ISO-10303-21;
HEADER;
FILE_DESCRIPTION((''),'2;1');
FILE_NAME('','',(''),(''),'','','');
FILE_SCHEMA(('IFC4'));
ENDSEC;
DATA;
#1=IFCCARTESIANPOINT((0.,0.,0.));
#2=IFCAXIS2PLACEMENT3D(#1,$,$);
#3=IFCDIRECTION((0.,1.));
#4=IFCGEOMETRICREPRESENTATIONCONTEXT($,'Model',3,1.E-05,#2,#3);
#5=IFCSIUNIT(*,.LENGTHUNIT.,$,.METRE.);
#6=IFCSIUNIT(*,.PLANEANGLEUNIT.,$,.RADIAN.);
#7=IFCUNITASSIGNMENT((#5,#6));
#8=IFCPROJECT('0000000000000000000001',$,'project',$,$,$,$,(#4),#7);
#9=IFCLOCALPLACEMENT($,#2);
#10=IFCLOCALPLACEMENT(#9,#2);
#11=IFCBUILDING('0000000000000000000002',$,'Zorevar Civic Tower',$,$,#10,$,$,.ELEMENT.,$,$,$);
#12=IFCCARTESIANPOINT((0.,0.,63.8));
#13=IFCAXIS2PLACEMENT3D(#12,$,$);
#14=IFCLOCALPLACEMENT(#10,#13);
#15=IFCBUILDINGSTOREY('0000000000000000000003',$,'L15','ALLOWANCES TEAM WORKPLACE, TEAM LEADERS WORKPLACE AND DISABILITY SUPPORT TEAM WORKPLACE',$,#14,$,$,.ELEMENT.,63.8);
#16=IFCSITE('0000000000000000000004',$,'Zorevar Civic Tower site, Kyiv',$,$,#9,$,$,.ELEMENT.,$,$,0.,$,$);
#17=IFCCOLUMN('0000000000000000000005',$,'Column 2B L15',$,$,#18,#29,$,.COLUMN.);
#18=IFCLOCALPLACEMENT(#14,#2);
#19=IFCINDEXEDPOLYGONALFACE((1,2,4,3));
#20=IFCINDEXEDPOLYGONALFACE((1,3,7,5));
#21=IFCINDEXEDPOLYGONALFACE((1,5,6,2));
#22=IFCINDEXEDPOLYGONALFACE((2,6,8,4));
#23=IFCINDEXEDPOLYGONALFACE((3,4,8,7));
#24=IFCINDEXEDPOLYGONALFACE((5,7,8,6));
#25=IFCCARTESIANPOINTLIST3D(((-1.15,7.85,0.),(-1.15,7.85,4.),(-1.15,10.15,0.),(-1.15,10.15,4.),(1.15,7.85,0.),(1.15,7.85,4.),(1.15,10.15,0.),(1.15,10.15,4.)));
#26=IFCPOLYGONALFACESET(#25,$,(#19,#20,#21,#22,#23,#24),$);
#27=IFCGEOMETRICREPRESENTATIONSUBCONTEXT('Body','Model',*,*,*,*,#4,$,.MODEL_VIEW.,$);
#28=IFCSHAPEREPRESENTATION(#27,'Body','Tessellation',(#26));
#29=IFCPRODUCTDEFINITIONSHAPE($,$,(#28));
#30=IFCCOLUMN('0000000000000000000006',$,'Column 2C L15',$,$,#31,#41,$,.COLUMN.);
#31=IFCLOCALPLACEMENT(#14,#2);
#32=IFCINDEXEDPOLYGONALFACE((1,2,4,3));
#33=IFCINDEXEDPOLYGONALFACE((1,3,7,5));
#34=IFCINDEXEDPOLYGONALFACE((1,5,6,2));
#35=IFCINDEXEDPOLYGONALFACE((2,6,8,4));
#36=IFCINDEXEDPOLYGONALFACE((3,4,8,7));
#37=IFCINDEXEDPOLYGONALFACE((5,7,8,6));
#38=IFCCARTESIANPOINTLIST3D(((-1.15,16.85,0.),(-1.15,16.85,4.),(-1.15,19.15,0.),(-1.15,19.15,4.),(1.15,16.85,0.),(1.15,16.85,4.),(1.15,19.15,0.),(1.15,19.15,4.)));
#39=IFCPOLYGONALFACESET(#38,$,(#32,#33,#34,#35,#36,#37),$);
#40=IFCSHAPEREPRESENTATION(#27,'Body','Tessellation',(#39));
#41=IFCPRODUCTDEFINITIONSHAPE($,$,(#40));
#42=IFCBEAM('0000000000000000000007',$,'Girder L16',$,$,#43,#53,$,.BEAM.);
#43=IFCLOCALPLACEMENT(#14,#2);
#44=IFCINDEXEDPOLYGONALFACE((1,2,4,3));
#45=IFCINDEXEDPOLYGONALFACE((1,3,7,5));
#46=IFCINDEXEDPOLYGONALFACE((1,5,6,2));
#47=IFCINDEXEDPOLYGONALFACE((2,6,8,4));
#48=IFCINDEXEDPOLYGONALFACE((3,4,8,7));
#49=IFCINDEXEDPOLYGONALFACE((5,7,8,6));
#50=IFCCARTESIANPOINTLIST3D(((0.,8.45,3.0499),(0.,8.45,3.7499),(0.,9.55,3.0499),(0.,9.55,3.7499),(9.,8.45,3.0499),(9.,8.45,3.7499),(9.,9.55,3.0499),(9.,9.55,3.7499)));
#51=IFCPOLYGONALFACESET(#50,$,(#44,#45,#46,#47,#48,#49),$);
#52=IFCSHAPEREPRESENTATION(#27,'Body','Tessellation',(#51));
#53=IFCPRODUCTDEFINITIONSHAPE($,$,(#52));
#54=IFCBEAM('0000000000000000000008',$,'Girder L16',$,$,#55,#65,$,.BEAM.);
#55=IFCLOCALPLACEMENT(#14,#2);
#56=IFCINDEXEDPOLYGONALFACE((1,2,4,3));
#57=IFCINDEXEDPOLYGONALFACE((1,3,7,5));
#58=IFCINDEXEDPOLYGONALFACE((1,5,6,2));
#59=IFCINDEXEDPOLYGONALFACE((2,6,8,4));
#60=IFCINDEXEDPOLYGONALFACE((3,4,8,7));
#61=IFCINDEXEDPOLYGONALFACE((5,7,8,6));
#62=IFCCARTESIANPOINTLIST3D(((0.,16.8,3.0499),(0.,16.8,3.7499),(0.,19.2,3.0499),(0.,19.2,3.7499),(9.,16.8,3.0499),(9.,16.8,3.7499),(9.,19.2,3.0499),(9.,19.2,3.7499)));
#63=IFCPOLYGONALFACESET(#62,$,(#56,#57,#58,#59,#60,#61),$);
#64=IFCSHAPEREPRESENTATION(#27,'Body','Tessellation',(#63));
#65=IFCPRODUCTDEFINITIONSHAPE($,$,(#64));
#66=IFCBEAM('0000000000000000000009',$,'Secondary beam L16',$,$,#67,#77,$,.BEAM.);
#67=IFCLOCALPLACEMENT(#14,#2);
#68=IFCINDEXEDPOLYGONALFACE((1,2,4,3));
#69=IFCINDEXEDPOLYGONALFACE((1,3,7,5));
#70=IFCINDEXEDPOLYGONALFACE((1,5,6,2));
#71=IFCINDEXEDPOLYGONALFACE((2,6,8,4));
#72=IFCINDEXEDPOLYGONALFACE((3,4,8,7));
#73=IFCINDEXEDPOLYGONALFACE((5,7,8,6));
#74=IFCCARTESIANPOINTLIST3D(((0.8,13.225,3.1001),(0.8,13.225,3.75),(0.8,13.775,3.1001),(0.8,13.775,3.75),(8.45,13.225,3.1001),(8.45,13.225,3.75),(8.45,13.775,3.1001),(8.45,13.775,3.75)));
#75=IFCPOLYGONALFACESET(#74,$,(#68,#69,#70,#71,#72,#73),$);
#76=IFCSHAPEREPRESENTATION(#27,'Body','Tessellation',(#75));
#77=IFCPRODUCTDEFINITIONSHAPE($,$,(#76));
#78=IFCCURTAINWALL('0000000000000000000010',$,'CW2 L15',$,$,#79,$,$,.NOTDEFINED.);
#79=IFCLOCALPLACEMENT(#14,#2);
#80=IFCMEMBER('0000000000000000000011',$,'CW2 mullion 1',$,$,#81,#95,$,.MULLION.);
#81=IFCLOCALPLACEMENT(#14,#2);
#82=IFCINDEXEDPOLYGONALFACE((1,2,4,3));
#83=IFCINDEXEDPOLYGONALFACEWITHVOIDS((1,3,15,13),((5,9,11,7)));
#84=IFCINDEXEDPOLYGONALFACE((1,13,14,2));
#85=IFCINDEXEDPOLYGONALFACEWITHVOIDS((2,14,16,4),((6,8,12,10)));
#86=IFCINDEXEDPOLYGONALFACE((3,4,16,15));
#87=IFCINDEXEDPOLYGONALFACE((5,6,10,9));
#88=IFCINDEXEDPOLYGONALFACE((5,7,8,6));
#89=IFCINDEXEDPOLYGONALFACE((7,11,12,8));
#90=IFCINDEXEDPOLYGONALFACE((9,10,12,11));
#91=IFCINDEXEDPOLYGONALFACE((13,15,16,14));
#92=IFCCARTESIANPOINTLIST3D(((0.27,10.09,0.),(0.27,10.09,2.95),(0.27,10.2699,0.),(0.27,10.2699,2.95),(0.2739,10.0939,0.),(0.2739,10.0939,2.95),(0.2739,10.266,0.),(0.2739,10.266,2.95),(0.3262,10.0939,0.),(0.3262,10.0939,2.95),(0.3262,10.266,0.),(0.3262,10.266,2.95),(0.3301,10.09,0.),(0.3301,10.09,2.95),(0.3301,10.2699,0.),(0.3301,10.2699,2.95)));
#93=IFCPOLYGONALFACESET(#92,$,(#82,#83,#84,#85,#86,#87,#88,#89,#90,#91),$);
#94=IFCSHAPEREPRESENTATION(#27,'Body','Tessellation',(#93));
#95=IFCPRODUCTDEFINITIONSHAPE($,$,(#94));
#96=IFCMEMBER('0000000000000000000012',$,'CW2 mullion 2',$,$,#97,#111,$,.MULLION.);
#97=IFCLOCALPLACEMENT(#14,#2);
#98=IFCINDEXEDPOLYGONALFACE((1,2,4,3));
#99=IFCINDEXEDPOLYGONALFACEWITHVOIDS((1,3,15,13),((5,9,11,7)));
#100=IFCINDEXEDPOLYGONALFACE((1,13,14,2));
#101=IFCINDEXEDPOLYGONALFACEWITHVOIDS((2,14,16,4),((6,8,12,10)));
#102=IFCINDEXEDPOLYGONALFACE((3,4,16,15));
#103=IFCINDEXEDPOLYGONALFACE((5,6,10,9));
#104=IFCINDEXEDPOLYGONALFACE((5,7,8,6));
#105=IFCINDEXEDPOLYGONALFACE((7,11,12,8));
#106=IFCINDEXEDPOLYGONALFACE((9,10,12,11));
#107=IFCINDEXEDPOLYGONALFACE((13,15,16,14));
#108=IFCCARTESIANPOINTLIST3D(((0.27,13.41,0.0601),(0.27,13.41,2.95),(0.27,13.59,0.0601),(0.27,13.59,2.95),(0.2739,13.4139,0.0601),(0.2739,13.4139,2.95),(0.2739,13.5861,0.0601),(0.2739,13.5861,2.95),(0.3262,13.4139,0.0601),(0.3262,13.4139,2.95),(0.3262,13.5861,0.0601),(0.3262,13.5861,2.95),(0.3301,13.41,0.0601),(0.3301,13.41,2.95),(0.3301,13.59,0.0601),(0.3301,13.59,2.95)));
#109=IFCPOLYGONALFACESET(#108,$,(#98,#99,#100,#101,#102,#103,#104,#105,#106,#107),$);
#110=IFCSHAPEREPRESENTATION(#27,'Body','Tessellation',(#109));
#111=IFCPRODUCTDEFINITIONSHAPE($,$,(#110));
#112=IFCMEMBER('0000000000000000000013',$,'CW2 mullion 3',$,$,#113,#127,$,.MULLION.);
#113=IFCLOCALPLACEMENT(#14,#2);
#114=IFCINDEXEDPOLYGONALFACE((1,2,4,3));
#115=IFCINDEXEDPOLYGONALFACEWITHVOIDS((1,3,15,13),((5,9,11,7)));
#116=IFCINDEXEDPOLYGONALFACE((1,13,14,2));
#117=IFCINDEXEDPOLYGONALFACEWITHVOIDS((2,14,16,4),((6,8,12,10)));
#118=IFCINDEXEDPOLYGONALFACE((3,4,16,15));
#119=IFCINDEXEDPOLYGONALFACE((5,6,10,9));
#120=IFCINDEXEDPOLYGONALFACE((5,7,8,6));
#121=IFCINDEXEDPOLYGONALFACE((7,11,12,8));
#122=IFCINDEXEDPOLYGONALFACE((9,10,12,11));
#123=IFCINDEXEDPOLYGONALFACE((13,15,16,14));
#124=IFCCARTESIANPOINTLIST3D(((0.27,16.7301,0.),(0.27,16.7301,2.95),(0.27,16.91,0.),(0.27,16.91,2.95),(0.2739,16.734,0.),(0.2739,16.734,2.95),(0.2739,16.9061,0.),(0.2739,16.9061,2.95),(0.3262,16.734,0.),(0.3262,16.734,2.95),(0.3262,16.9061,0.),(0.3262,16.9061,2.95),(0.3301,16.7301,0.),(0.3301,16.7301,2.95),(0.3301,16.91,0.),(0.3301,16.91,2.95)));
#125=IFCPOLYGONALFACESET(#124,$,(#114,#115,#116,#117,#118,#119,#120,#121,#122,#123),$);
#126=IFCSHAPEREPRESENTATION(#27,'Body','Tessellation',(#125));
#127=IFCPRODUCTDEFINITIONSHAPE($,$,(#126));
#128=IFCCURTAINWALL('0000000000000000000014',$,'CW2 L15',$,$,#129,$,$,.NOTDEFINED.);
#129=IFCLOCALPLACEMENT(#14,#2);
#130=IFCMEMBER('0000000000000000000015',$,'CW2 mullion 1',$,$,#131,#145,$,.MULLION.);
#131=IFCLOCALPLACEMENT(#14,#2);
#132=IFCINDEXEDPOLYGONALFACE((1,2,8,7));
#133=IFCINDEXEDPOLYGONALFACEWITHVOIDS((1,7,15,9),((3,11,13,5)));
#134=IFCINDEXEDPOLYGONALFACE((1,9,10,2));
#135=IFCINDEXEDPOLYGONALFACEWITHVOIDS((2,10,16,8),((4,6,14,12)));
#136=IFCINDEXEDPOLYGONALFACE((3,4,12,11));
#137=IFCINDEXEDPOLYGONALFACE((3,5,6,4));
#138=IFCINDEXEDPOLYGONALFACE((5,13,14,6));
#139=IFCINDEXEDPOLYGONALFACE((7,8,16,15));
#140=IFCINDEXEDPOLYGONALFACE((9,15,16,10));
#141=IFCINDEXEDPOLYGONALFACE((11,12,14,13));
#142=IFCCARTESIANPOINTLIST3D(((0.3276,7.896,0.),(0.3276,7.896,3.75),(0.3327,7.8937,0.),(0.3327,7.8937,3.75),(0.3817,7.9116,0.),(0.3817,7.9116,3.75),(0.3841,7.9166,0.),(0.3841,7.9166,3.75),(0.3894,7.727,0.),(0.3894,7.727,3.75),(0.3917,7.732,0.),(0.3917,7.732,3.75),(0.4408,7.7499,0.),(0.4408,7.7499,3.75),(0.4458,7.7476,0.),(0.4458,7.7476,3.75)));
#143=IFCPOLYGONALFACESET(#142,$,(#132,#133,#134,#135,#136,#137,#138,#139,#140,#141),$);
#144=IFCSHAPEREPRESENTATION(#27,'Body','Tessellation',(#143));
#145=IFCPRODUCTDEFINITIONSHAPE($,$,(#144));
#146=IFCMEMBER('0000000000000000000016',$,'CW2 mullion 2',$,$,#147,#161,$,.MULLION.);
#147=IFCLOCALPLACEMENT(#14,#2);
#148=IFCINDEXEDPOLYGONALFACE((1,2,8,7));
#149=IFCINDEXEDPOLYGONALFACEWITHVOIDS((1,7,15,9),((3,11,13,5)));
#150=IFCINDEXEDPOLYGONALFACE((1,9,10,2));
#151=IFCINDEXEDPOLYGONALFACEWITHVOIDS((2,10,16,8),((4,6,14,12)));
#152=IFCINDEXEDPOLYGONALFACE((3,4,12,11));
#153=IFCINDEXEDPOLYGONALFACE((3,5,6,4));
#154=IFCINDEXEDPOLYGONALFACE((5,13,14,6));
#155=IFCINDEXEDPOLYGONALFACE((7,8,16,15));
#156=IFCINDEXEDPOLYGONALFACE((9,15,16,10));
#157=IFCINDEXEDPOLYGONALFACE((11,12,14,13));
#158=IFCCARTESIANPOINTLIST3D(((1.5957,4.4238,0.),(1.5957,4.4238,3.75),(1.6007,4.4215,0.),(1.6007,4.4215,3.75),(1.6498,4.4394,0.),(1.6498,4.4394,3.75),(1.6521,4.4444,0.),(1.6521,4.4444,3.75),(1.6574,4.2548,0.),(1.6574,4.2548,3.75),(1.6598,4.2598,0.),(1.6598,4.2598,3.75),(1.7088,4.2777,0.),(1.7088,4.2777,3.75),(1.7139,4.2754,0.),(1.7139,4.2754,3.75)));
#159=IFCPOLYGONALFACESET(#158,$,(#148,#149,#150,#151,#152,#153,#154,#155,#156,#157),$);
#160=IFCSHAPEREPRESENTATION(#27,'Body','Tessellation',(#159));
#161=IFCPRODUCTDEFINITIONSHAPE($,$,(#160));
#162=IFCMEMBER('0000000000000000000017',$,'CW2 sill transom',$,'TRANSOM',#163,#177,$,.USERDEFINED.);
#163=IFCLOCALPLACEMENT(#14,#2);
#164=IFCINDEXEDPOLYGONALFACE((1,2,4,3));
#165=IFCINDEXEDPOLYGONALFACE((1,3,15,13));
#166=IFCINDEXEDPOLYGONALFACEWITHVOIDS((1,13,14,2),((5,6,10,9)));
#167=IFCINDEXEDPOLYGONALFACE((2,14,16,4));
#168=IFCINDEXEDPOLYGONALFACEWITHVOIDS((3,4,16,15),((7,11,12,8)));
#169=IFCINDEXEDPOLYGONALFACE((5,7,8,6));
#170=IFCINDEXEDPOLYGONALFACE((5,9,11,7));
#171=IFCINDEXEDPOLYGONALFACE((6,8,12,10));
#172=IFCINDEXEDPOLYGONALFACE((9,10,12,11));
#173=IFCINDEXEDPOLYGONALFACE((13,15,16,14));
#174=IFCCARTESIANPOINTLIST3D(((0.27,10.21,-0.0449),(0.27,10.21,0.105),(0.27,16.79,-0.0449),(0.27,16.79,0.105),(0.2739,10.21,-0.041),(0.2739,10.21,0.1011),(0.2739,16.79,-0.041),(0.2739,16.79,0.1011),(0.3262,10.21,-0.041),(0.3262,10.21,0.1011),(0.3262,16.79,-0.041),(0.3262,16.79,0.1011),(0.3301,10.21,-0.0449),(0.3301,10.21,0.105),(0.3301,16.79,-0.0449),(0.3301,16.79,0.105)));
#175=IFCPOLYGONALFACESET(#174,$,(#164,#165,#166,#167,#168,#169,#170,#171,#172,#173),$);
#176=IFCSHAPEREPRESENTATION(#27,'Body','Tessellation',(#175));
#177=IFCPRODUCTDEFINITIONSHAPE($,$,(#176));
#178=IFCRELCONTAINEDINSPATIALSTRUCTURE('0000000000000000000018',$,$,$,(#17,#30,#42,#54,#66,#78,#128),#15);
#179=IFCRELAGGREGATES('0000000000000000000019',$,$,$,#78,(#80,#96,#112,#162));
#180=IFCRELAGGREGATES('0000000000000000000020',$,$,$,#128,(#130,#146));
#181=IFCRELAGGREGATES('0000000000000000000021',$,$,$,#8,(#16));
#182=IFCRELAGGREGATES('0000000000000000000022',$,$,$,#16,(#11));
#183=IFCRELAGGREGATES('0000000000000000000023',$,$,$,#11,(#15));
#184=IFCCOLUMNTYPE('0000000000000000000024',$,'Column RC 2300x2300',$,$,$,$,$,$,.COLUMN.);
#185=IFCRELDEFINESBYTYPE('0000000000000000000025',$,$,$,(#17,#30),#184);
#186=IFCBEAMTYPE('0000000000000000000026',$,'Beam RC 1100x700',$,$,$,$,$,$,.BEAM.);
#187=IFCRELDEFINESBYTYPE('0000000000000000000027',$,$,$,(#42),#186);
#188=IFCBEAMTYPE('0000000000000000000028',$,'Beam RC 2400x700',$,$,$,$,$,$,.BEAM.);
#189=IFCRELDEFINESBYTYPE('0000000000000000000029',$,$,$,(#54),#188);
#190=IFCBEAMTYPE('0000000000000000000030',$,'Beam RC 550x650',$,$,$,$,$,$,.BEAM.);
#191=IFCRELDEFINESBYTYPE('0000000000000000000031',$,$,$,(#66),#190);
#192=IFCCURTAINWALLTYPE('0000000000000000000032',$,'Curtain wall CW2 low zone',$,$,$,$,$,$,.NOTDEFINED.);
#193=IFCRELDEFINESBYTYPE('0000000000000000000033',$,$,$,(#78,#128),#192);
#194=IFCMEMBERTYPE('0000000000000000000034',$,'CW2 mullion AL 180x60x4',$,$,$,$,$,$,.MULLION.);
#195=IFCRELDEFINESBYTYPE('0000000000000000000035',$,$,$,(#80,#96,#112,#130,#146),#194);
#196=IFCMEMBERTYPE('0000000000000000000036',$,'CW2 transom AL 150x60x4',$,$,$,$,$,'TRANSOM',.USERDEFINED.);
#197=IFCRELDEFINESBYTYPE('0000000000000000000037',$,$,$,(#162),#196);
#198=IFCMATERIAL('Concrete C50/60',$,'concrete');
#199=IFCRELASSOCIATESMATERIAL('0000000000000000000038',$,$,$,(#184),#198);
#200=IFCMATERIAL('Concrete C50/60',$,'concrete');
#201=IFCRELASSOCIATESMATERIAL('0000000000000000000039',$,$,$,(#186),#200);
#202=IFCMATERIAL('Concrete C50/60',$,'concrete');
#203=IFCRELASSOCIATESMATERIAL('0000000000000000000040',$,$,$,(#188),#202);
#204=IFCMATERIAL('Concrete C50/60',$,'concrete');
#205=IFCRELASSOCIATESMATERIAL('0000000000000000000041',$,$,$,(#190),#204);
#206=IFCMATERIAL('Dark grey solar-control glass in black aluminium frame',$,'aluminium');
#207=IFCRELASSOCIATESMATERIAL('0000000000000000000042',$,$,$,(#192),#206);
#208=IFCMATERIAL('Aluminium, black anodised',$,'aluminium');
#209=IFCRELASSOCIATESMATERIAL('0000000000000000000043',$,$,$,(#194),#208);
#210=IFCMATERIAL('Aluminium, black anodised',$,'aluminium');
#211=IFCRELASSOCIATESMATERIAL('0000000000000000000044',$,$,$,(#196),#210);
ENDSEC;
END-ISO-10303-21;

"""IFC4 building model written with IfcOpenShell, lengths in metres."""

from ifc_helpers import new_model, si_unit, direction, frame, origin, origin_2d, place, context, subcontext, project, spatial, rectangle, hollow_rectangle, extrude, material, material_profile, profile_set, type_object, element, aggregate, save


model = new_model("IFC4")

# Units and contexts
model_context = context("Model", 3, precision=1e-05, world=origin(), true_north=direction((0.0, 1.0)))
body_context = subcontext(model_context, "Body", "Model", "MODEL_VIEW")
ifc_project = project(units=[si_unit("LENGTHUNIT", "METRE"), si_unit("PLANEANGLEUNIT", "RADIAN")], contexts=[model_context])

# Site, building, storey
site_placement = place(None, origin())
site = spatial("IfcSite", under=ifc_project, at=site_placement, Name="Zorevar Civic Tower site, Kyiv", CompositionType="ELEMENT", RefElevation=0.0)
building_placement = place(site_placement, origin())
building = spatial("IfcBuilding", under=site, at=building_placement, Name="Zorevar Civic Tower", CompositionType="ELEMENT")
storey_placement = place(building_placement, frame((0.0, 0.0, 63.8)))
storey = spatial("IfcBuildingStorey", under=building, at=storey_placement, Name="L15", Description="ALLOWANCES TEAM WORKPLACE, TEAM LEADERS WORKPLACE AND DISABILITY SUPPORT TEAM WORKPLACE", CompositionType="ELEMENT", Elevation=63.8)

# Columns
ifc_material_1 = material(Name="Concrete C50/60", Category="concrete")
ifc_material_profile_1 = material_profile(ifc_material_1, rectangle(XDim=2.3, YDim=2.3, at=origin_2d()), Name="RC 2300x2300")
ifc_profile_set_1 = profile_set([ifc_material_profile_1], Name="Concrete C50/60")
column_type = type_object("IfcColumnType", Name="Column RC 2300x2300", PredefinedType="COLUMN", material=ifc_profile_set_1)
for number, where, z_axis, x_axis, name in (
    (1, (0.0, 9.0, 0.0), (0.0, 0.0, 1.0), (1.0, 0.0, 0.0), "Column 2B L15"),
    (2, (0.0, 18.0, 0.0), (0.0, 0.0, 1.0), (1.0, 0.0, 0.0), "Column 2C L15"),
):
    element("IfcColumn", number, at=place(storey_placement, frame(where, z_axis=z_axis, x_axis=x_axis)), inside=storey, type_object=column_type, Name=name, PredefinedType="COLUMN", context=body_context, shape_type="SweptSolid", body=[
        extrude(rectangle(XDim=2.3, YDim=2.3, at=origin_2d()), origin(), (0.0, 0.0, 1.0), 4.0),
    ])

# Beams
ifc_material_2 = material(Name="Concrete C50/60", Category="concrete")
ifc_material_profile_2 = material_profile(ifc_material_2, rectangle(XDim=1.1001, YDim=0.7, at=origin_2d()), Name="RC 1100x700")
ifc_profile_set_2 = profile_set([ifc_material_profile_2], Name="Concrete C50/60")
beam_type_1 = type_object("IfcBeamType", Name="Beam RC 1100x700", PredefinedType="BEAM", material=ifc_profile_set_2)
beam_1_placement = place(storey_placement, frame((0.0, 9.0, 3.3999), z_axis=(1.0, 0.0, 0.0), x_axis=(0.0, 1.0, 0.0)))
element("IfcBeam", 3, at=beam_1_placement, inside=storey, type_object=beam_type_1, Name="Girder L16", PredefinedType="BEAM", context=body_context, shape_type="SweptSolid", body=[
    extrude(rectangle(XDim=1.1001, YDim=0.7, at=origin_2d()), origin(), (0.0, 0.0, 1.0), 9.0),
])
ifc_material_3 = material(Name="Concrete C50/60", Category="concrete")
ifc_material_profile_3 = material_profile(ifc_material_3, rectangle(XDim=2.3999, YDim=0.7, at=origin_2d()), Name="RC 2400x700")
ifc_profile_set_3 = profile_set([ifc_material_profile_3], Name="Concrete C50/60")
beam_type_2 = type_object("IfcBeamType", Name="Beam RC 2400x700", PredefinedType="BEAM", material=ifc_profile_set_3)
beam_2_placement = place(storey_placement, frame((0.0, 18.0, 3.3999), z_axis=(1.0, 0.0, 0.0), x_axis=(0.0, 1.0, 0.0)))
element("IfcBeam", 4, at=beam_2_placement, inside=storey, type_object=beam_type_2, Name="Girder L16", PredefinedType="BEAM", context=body_context, shape_type="SweptSolid", body=[
    extrude(rectangle(XDim=2.3999, YDim=0.7, at=origin_2d()), origin(), (0.0, 0.0, 1.0), 9.0),
])
ifc_material_4 = material(Name="Concrete C50/60", Category="concrete")
ifc_material_profile_4 = material_profile(ifc_material_4, rectangle(XDim=0.55, YDim=0.6499, at=origin_2d()), Name="RC 550x650")
ifc_profile_set_4 = profile_set([ifc_material_profile_4], Name="Concrete C50/60")
beam_type_3 = type_object("IfcBeamType", Name="Beam RC 550x650", PredefinedType="BEAM", material=ifc_profile_set_4)
beam_3_placement = place(storey_placement, frame((0.8, 13.5, 3.425), z_axis=(1.0, 0.0, 0.0), x_axis=(0.0, 1.0, 0.0)))
element("IfcBeam", 5, at=beam_3_placement, inside=storey, type_object=beam_type_3, Name="Secondary beam L16", PredefinedType="BEAM", context=body_context, shape_type="SweptSolid", body=[
    extrude(rectangle(XDim=0.55, YDim=0.6499, at=origin_2d()), origin(), (0.0, 0.0, 1.0), 7.6499),
])

# Curtain walls, members
ifc_material_5 = material(Name="Dark grey solar-control glass in black aluminium frame", Category="aluminium")
curtain_wall_type = type_object("IfcCurtainWallType", Name="Curtain wall CW2 low zone", PredefinedType="NOTDEFINED", material=ifc_material_5)
curtain_wall_1_placement = place(storey_placement, origin())
curtain_wall_1 = element("IfcCurtainWall", 6, at=curtain_wall_1_placement, inside=storey, type_object=curtain_wall_type, Name="CW2 L15", PredefinedType="NOTDEFINED")
ifc_material_6 = material(Name="Aluminium, black anodised", Category="aluminium")
ifc_material_profile_5 = material_profile(ifc_material_6, hollow_rectangle(XDim=0.0601, YDim=0.1799, WallThickness=0.0039, at=origin_2d()), Name="AL 180x60x4")
ifc_profile_set_5 = profile_set([ifc_material_profile_5], Name="Aluminium, black anodised")
member_type_1 = type_object("IfcMemberType", Name="CW2 mullion AL 180x60x4", PredefinedType="MULLION", material=ifc_profile_set_5)
member_1_placement = place(storey_placement, frame((0.3, 10.1799, 0.0), z_axis=(0.0, 0.0, 1.0), x_axis=(-1.0, 0.0, 0.0)))
member_1 = element("IfcMember", 7, at=member_1_placement, type_object=member_type_1, Name="CW2 mullion 1", PredefinedType="MULLION", context=body_context, shape_type="SweptSolid", body=[
    extrude(hollow_rectangle(XDim=0.0601, YDim=0.1799, WallThickness=0.0039, at=origin_2d()), origin(), (0.0, 0.0, 1.0), 2.95),
])
member_2_placement = place(storey_placement, frame((0.3, 13.5, 0.0601), z_axis=(0.0, 0.0, 1.0), x_axis=(-1.0, 0.0, 0.0)))
member_2 = element("IfcMember", 8, at=member_2_placement, type_object=member_type_1, Name="CW2 mullion 2", PredefinedType="MULLION", context=body_context, shape_type="SweptSolid", body=[
    extrude(hollow_rectangle(XDim=0.0601, YDim=0.1799, WallThickness=0.0039, at=origin_2d()), origin(), (0.0, 0.0, 1.0), 2.8899),
])
member_3_placement = place(storey_placement, frame((0.3, 16.8201, 0.0), z_axis=(0.0, 0.0, 1.0), x_axis=(-1.0, 0.0, 0.0)))
member_3 = element("IfcMember", 9, at=member_3_placement, type_object=member_type_1, Name="CW2 mullion 3", PredefinedType="MULLION", context=body_context, shape_type="SweptSolid", body=[
    extrude(hollow_rectangle(XDim=0.0601, YDim=0.1799, WallThickness=0.0039, at=origin_2d()), origin(), (0.0, 0.0, 1.0), 2.95),
])
curtain_wall_2_placement = place(storey_placement, origin())
curtain_wall_2 = element("IfcCurtainWall", 10, at=curtain_wall_2_placement, inside=storey, type_object=curtain_wall_type, Name="CW2 L15", PredefinedType="NOTDEFINED")
member_4_placement = place(storey_placement, frame((0.3867, 7.8218, 0.0), z_axis=(0.0, 0.0, 1.0), x_axis=(0.939313, 0.34306, 0.0)))
member_4 = element("IfcMember", 11, at=member_4_placement, type_object=member_type_1, Name="CW2 mullion 1", PredefinedType="MULLION", context=body_context, shape_type="SweptSolid", body=[
    extrude(hollow_rectangle(XDim=0.0601, YDim=0.1799, WallThickness=0.0039, at=origin_2d()), origin(), (0.0, 0.0, 1.0), 3.75),
])
member_5_placement = place(storey_placement, frame((1.6548, 4.3496, 0.0), z_axis=(0.0, 0.0, 1.0), x_axis=(0.939313, 0.34306, 0.0)))
member_5 = element("IfcMember", 12, at=member_5_placement, type_object=member_type_1, Name="CW2 mullion 2", PredefinedType="MULLION", context=body_context, shape_type="SweptSolid", body=[
    extrude(hollow_rectangle(XDim=0.0601, YDim=0.1799, WallThickness=0.0039, at=origin_2d()), origin(), (0.0, 0.0, 1.0), 3.75),
])

# Member
ifc_material_7 = material(Name="Aluminium, black anodised", Category="aluminium")
ifc_material_profile_6 = material_profile(ifc_material_7, hollow_rectangle(XDim=0.0601, YDim=0.1499, WallThickness=0.0039, at=origin_2d()), Name="AL 150x60x4")
ifc_profile_set_6 = profile_set([ifc_material_profile_6], Name="Aluminium, black anodised")
member_type_2 = type_object("IfcMemberType", Name="CW2 transom AL 150x60x4", ElementType="TRANSOM", PredefinedType="USERDEFINED", material=ifc_profile_set_6)
member_6_placement = place(storey_placement, frame((0.3, 10.21, 0.03), z_axis=(0.0, 1.0, 0.0), x_axis=(-1.0, 0.0, 0.0)))
member_6 = element("IfcMember", 13, at=member_6_placement, type_object=member_type_2, Name="CW2 sill transom", ObjectType="TRANSOM", PredefinedType="USERDEFINED", context=body_context, shape_type="SweptSolid", body=[
    extrude(hollow_rectangle(XDim=0.0601, YDim=0.1499, WallThickness=0.0039, at=origin_2d()), origin(), (0.0, 0.0, 1.0), 6.5801),
])

aggregate(curtain_wall_1, [member_1, member_2, member_3, member_6])
aggregate(curtain_wall_2, [member_4, member_5])

save(model, "model.ifc")
